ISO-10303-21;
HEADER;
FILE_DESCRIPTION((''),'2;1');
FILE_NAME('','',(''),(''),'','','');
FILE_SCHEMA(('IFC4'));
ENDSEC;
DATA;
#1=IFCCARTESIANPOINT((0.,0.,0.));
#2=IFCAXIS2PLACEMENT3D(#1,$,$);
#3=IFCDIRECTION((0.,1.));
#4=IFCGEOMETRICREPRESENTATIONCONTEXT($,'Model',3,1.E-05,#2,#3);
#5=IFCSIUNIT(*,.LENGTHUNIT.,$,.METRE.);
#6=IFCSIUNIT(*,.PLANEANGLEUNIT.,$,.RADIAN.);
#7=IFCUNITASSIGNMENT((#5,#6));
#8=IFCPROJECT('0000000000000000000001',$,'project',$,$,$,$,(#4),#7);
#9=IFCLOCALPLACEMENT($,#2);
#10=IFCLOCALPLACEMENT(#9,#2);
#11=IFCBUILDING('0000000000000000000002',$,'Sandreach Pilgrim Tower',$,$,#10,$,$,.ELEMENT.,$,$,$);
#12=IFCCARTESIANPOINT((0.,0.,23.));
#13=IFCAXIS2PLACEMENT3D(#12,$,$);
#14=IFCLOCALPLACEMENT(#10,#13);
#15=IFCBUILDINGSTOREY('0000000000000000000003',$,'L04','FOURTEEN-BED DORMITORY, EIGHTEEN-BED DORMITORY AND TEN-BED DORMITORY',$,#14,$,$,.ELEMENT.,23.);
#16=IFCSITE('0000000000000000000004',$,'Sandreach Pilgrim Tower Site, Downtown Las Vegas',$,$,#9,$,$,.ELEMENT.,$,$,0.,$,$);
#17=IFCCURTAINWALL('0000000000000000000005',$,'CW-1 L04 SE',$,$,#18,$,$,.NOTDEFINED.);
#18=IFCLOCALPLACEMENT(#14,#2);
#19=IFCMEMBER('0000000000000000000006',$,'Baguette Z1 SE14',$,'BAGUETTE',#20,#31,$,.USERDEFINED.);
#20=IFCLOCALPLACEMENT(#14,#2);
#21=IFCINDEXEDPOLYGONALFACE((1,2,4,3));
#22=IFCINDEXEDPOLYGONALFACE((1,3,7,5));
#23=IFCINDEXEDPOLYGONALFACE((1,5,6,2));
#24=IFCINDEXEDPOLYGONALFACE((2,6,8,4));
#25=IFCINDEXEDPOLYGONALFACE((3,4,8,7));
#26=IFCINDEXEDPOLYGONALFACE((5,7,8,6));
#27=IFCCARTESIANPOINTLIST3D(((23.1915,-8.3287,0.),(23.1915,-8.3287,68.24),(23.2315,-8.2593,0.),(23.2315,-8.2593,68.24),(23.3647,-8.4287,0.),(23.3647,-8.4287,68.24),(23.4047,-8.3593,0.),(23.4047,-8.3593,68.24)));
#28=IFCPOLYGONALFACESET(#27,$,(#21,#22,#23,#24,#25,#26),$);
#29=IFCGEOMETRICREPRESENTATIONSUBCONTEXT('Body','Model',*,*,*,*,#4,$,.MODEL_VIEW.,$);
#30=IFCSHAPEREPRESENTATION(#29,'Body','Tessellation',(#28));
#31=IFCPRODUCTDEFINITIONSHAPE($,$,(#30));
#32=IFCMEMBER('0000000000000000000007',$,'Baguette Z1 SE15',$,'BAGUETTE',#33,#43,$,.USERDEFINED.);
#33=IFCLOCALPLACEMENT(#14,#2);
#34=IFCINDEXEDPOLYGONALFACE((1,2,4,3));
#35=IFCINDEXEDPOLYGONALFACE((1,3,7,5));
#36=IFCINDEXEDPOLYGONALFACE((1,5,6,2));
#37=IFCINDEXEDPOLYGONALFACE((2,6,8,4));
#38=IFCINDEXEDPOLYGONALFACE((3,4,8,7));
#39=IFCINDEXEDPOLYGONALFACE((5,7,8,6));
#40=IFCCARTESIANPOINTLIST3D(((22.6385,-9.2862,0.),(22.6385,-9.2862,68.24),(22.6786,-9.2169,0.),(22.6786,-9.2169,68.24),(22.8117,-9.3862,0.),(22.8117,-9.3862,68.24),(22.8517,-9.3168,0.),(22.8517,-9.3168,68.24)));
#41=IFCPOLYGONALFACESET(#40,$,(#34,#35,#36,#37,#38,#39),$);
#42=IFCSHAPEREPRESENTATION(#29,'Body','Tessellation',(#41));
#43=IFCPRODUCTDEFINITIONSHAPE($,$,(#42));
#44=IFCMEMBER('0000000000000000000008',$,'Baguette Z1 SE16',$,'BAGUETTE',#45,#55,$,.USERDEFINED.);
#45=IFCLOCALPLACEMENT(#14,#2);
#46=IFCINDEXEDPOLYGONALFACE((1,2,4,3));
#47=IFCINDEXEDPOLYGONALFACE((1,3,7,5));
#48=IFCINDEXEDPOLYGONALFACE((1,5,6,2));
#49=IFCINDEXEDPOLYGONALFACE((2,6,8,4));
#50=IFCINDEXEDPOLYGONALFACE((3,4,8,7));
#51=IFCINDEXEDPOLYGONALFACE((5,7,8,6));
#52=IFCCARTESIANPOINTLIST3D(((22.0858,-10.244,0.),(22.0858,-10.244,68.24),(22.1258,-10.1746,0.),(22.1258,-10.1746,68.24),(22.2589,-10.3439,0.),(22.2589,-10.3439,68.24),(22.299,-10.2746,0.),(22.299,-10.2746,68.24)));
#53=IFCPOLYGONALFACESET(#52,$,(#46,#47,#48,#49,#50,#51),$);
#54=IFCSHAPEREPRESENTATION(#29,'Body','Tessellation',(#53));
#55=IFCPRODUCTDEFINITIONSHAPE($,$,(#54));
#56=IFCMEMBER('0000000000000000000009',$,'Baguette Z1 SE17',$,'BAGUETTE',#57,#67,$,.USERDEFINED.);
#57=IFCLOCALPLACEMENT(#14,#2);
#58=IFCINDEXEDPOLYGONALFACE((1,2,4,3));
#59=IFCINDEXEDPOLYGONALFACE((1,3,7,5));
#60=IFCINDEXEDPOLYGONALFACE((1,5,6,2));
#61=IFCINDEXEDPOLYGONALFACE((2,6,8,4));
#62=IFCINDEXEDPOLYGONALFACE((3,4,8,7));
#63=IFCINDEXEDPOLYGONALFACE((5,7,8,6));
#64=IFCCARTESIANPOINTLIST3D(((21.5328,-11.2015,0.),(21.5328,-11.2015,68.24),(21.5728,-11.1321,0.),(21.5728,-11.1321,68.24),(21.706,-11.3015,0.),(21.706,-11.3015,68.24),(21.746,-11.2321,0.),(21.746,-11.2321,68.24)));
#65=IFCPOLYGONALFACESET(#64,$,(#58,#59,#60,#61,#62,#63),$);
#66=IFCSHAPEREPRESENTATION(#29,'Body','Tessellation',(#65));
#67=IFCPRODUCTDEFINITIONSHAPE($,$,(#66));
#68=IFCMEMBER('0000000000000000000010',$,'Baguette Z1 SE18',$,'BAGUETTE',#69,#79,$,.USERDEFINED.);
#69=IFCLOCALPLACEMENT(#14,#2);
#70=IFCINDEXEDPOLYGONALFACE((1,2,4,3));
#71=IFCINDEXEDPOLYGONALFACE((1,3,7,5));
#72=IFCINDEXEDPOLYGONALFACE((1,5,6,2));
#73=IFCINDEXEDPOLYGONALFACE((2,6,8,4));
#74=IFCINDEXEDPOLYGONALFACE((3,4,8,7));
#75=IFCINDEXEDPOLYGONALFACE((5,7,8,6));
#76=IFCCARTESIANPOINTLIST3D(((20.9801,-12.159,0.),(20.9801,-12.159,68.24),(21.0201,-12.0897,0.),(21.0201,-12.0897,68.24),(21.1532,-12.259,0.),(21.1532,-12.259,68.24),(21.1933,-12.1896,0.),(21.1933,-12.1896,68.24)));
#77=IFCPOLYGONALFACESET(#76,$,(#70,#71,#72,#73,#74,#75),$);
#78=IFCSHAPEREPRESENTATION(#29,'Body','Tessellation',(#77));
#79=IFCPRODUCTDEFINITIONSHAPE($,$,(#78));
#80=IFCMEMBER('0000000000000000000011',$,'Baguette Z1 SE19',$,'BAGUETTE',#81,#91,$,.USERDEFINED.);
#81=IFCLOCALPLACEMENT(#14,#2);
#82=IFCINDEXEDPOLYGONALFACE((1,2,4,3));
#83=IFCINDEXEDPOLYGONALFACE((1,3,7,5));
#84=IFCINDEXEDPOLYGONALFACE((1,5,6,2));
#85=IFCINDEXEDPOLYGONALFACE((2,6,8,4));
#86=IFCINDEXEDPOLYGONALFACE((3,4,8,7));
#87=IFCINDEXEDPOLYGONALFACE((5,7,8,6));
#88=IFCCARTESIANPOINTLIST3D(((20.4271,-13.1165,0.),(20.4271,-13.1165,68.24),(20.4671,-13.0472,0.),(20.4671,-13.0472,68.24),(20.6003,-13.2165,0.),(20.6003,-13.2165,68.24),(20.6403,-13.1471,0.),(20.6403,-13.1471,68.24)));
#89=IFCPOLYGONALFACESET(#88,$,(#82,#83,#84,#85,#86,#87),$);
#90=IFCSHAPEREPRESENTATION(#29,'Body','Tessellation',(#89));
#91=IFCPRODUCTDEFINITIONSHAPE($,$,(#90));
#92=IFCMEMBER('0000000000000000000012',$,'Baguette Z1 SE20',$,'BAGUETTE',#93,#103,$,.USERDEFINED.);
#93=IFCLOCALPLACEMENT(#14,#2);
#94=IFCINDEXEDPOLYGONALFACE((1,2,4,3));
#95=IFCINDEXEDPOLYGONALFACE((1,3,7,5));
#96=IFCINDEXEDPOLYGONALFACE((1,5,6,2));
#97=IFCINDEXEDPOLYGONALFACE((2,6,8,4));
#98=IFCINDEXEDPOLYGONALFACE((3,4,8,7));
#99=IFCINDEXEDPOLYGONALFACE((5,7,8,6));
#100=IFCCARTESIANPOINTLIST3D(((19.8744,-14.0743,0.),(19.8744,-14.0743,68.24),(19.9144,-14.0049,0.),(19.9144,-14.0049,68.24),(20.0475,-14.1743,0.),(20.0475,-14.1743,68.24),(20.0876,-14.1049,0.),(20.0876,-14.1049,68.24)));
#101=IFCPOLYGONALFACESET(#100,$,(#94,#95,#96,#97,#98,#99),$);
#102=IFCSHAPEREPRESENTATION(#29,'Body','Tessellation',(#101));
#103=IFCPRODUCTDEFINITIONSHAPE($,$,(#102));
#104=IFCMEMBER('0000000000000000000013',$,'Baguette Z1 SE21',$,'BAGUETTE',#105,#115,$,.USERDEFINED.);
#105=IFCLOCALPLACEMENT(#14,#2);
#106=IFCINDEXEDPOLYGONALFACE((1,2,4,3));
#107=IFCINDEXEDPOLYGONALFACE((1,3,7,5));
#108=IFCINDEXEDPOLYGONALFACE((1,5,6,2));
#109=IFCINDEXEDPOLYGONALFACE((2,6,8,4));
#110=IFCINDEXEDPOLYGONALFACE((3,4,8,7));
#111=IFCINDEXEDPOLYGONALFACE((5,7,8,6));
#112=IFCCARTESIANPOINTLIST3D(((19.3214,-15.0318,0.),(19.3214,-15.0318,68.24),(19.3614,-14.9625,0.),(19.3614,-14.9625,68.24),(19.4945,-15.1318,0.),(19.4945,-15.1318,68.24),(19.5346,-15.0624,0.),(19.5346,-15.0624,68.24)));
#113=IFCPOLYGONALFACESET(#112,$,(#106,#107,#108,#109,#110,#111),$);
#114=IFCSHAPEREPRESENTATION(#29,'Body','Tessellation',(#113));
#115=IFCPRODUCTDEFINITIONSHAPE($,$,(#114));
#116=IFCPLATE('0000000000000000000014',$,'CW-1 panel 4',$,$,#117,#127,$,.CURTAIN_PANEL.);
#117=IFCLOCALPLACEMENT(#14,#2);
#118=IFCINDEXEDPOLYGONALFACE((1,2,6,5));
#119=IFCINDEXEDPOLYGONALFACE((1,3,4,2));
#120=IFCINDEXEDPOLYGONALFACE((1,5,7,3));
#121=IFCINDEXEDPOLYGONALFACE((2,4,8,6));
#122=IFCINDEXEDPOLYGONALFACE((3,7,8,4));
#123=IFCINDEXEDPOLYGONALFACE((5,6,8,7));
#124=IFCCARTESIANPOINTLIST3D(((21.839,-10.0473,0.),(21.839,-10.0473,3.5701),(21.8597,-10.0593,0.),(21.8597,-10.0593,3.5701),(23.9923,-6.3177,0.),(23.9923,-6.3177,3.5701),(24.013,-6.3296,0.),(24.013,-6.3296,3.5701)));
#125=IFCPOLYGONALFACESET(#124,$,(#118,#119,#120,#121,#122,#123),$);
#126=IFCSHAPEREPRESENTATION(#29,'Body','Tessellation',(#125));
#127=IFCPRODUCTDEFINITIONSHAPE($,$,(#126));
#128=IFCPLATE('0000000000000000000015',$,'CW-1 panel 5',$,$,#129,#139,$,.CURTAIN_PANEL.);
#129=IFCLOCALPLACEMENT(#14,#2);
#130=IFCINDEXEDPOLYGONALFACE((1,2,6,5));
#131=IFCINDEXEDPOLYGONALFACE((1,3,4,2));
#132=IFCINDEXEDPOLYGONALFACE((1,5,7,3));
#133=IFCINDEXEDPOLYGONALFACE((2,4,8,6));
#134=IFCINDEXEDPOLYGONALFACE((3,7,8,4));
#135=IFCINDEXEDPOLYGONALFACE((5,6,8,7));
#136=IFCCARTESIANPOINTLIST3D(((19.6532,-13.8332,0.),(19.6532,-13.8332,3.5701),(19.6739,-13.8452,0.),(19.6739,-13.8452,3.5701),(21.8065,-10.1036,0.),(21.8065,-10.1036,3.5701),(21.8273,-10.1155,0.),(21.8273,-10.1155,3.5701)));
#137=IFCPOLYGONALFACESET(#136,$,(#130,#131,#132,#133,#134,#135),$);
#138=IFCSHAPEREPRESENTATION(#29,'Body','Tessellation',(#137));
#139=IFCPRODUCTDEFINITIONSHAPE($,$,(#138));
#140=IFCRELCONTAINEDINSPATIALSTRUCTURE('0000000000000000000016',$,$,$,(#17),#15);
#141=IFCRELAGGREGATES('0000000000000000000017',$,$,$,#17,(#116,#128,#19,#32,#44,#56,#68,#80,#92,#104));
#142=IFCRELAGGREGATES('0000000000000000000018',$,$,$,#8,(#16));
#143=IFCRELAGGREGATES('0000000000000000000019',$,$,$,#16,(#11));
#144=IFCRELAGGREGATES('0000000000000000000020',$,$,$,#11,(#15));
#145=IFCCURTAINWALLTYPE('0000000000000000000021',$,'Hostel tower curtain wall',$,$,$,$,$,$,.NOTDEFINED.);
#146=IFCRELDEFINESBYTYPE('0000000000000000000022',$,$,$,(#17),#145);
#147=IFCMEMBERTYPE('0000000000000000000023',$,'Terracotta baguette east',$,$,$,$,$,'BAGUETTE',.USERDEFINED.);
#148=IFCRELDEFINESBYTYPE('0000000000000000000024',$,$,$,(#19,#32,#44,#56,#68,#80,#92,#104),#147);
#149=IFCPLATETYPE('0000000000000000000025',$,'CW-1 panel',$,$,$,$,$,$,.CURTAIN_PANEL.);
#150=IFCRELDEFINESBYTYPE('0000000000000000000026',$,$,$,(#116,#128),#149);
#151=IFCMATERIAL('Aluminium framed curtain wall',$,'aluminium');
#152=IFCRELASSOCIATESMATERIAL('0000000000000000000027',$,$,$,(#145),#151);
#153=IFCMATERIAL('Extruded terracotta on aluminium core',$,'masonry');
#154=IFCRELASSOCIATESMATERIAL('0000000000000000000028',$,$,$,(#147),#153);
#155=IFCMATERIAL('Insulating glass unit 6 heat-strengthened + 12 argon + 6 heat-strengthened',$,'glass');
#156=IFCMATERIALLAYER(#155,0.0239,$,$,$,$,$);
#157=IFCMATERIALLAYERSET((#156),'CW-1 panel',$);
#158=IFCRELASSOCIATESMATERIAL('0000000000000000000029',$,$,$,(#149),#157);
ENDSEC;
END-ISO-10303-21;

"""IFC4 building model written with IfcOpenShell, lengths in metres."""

from ifc_helpers import new_model, si_unit, direction, frame, origin, origin_2d, place, context, subcontext, project, spatial, rectangle, extrude, material, layer, layer_set, material_profile, profile_set, type_object, element, aggregate, save


model = new_model("IFC4")

# Units and contexts
model_context = context("Model", 3, precision=1e-05, world=origin(), true_north=direction((0.0, 1.0)))
body_context = subcontext(model_context, "Body", "Model", "MODEL_VIEW")
ifc_project = project(units=[si_unit("LENGTHUNIT", "METRE"), si_unit("PLANEANGLEUNIT", "RADIAN")], contexts=[model_context])

# Site, building, storey
site_placement = place(None, origin())
site = spatial("IfcSite", under=ifc_project, at=site_placement, Name="Sandreach Pilgrim Tower Site, Downtown Las Vegas", CompositionType="ELEMENT", RefElevation=0.0)
building_placement = place(site_placement, origin())
building = spatial("IfcBuilding", under=site, at=building_placement, Name="Sandreach Pilgrim Tower", CompositionType="ELEMENT")
storey_placement = place(building_placement, frame((0.0, 0.0, 23.0)))
storey = spatial("IfcBuildingStorey", under=building, at=storey_placement, Name="L04", Description="FOURTEEN-BED DORMITORY, EIGHTEEN-BED DORMITORY AND TEN-BED DORMITORY", CompositionType="ELEMENT", Elevation=23.0)

# Curtain wall
ifc_material_1 = material(Name="Aluminium framed curtain wall", Category="aluminium")
curtain_wall_type = type_object("IfcCurtainWallType", Name="Hostel tower curtain wall", PredefinedType="NOTDEFINED", material=ifc_material_1)
curtain_wall_placement = place(storey_placement, origin())
curtain_wall = element("IfcCurtainWall", 1, at=curtain_wall_placement, inside=storey, type_object=curtain_wall_type, Name="CW-1 L04 SE", PredefinedType="NOTDEFINED")

# Members
ifc_material_2 = material(Name="Extruded terracotta on aluminium core", Category="masonry")
ifc_material_profile_1 = material_profile(ifc_material_2, rectangle(XDim=0.0801, YDim=0.2, at=origin_2d()), Name="TBE 80X200")
ifc_profile_set_1 = profile_set([ifc_material_profile_1], Name="Extruded terracotta on aluminium core")
member_type_1 = type_object("IfcMemberType", Name="Terracotta baguette east", ElementType="BAGUETTE", PredefinedType="USERDEFINED", material=ifc_profile_set_1)
member_1_placement = place(storey_placement, frame((23.2981, -8.344, 0.0), z_axis=(0.0, 0.0, 1.0), x_axis=(-0.5, -0.866025, 0.0)))
member_1 = element("IfcMember", 2, at=member_1_placement, type_object=member_type_1, Name="Baguette Z1 SE14", ObjectType="BAGUETTE", PredefinedType="USERDEFINED", context=body_context, shape_type="SweptSolid", body=[
    extrude(rectangle(XDim=0.0801, YDim=0.2, at=origin_2d()), origin(), (0.0, 0.0, 1.0), 68.24),
])
member_2_placement = place(storey_placement, frame((22.7451, -9.3015, 0.0), z_axis=(0.0, 0.0, 1.0), x_axis=(-0.5, -0.866025, 0.0)))
member_2 = element("IfcMember", 3, at=member_2_placement, type_object=member_type_1, Name="Baguette Z1 SE15", ObjectType="BAGUETTE", PredefinedType="USERDEFINED", context=body_context, shape_type="SweptSolid", body=[
    extrude(rectangle(XDim=0.0801, YDim=0.2, at=origin_2d()), origin(), (0.0, 0.0, 1.0), 68.24),
])
member_3_placement = place(storey_placement, frame((22.1924, -10.2593, 0.0), z_axis=(0.0, 0.0, 1.0), x_axis=(-0.5, -0.866025, 0.0)))
member_3 = element("IfcMember", 4, at=member_3_placement, type_object=member_type_1, Name="Baguette Z1 SE16", ObjectType="BAGUETTE", PredefinedType="USERDEFINED", context=body_context, shape_type="SweptSolid", body=[
    extrude(rectangle(XDim=0.0801, YDim=0.2, at=origin_2d()), origin(), (0.0, 0.0, 1.0), 68.24),
])
member_4_placement = place(storey_placement, frame((21.6394, -11.2168, 0.0), z_axis=(0.0, 0.0, 1.0), x_axis=(-0.5, -0.866025, 0.0)))
member_4 = element("IfcMember", 5, at=member_4_placement, type_object=member_type_1, Name="Baguette Z1 SE17", ObjectType="BAGUETTE", PredefinedType="USERDEFINED", context=body_context, shape_type="SweptSolid", body=[
    extrude(rectangle(XDim=0.0801, YDim=0.2, at=origin_2d()), origin(), (0.0, 0.0, 1.0), 68.24),
])
member_5_placement = place(storey_placement, frame((21.0867, -12.1743, 0.0), z_axis=(0.0, 0.0, 1.0), x_axis=(-0.5, -0.866025, 0.0)))
member_5 = element("IfcMember", 6, at=member_5_placement, type_object=member_type_1, Name="Baguette Z1 SE18", ObjectType="BAGUETTE", PredefinedType="USERDEFINED", context=body_context, shape_type="SweptSolid", body=[
    extrude(rectangle(XDim=0.0801, YDim=0.2, at=origin_2d()), origin(), (0.0, 0.0, 1.0), 68.24),
])
member_6_placement = place(storey_placement, frame((20.5337, -13.1318, 0.0), z_axis=(0.0, 0.0, 1.0), x_axis=(-0.5, -0.866025, 0.0)))
member_6 = element("IfcMember", 7, at=member_6_placement, type_object=member_type_1, Name="Baguette Z1 SE19", ObjectType="BAGUETTE", PredefinedType="USERDEFINED", context=body_context, shape_type="SweptSolid", body=[
    extrude(rectangle(XDim=0.0801, YDim=0.2, at=origin_2d()), origin(), (0.0, 0.0, 1.0), 68.24),
])
member_7_placement = place(storey_placement, frame((19.981, -14.0896, 0.0), z_axis=(0.0, 0.0, 1.0), x_axis=(-0.5, -0.866025, 0.0)))
member_7 = element("IfcMember", 8, at=member_7_placement, type_object=member_type_1, Name="Baguette Z1 SE20", ObjectType="BAGUETTE", PredefinedType="USERDEFINED", context=body_context, shape_type="SweptSolid", body=[
    extrude(rectangle(XDim=0.0801, YDim=0.2, at=origin_2d()), origin(), (0.0, 0.0, 1.0), 68.24),
])
member_8_placement = place(storey_placement, frame((19.428, -15.0471, 0.0), z_axis=(0.0, 0.0, 1.0), x_axis=(-0.5, -0.866025, 0.0)))
member_8 = element("IfcMember", 9, at=member_8_placement, type_object=member_type_1, Name="Baguette Z1 SE21", ObjectType="BAGUETTE", PredefinedType="USERDEFINED", context=body_context, shape_type="SweptSolid", body=[
    extrude(rectangle(XDim=0.0801, YDim=0.2, at=origin_2d()), origin(), (0.0, 0.0, 1.0), 68.24),
])

# Plates
ifc_material_3 = material(Name="Insulating glass unit 6 heat-strengthened + 12 argon + 6 heat-strengthened", Category="glass")
ifc_layer = layer(ifc_material_3, 0.0239)
ifc_layer_set = layer_set([ifc_layer], Name="CW-1 panel")
plate_type = type_object("IfcPlateType", Name="CW-1 panel", PredefinedType="CURTAIN_PANEL", material=ifc_layer_set)
plate_1_placement = place(storey_placement, frame((22.926, -8.1885, 0.0), z_axis=(0.0, 0.0, 1.0), x_axis=(-0.5, -0.866025, 0.0)))
plate_1 = element("IfcPlate", 10, at=plate_1_placement, type_object=plate_type, Name="CW-1 panel 4", PredefinedType="CURTAIN_PANEL", context=body_context, shape_type="SweptSolid", body=[
    extrude(rectangle(XDim=4.3066, YDim=0.0239, at=origin_2d()), origin(), (0.0, 0.0, 1.0), 3.5701),
])
plate_2_placement = place(storey_placement, frame((20.7402, -11.9744, 0.0), z_axis=(0.0, 0.0, 1.0), x_axis=(-0.5, -0.866025, 0.0)))
plate_2 = element("IfcPlate", 11, at=plate_2_placement, type_object=plate_type, Name="CW-1 panel 5", PredefinedType="CURTAIN_PANEL", context=body_context, shape_type="SweptSolid", body=[
    extrude(rectangle(XDim=4.3066, YDim=0.0239, at=origin_2d()), origin(), (0.0, 0.0, 1.0), 3.5701),
])
aggregate(curtain_wall, [plate_1, plate_2, member_1, member_2, member_3, member_4, member_5, member_6, member_7, member_8])

save(model, "model.ifc")
